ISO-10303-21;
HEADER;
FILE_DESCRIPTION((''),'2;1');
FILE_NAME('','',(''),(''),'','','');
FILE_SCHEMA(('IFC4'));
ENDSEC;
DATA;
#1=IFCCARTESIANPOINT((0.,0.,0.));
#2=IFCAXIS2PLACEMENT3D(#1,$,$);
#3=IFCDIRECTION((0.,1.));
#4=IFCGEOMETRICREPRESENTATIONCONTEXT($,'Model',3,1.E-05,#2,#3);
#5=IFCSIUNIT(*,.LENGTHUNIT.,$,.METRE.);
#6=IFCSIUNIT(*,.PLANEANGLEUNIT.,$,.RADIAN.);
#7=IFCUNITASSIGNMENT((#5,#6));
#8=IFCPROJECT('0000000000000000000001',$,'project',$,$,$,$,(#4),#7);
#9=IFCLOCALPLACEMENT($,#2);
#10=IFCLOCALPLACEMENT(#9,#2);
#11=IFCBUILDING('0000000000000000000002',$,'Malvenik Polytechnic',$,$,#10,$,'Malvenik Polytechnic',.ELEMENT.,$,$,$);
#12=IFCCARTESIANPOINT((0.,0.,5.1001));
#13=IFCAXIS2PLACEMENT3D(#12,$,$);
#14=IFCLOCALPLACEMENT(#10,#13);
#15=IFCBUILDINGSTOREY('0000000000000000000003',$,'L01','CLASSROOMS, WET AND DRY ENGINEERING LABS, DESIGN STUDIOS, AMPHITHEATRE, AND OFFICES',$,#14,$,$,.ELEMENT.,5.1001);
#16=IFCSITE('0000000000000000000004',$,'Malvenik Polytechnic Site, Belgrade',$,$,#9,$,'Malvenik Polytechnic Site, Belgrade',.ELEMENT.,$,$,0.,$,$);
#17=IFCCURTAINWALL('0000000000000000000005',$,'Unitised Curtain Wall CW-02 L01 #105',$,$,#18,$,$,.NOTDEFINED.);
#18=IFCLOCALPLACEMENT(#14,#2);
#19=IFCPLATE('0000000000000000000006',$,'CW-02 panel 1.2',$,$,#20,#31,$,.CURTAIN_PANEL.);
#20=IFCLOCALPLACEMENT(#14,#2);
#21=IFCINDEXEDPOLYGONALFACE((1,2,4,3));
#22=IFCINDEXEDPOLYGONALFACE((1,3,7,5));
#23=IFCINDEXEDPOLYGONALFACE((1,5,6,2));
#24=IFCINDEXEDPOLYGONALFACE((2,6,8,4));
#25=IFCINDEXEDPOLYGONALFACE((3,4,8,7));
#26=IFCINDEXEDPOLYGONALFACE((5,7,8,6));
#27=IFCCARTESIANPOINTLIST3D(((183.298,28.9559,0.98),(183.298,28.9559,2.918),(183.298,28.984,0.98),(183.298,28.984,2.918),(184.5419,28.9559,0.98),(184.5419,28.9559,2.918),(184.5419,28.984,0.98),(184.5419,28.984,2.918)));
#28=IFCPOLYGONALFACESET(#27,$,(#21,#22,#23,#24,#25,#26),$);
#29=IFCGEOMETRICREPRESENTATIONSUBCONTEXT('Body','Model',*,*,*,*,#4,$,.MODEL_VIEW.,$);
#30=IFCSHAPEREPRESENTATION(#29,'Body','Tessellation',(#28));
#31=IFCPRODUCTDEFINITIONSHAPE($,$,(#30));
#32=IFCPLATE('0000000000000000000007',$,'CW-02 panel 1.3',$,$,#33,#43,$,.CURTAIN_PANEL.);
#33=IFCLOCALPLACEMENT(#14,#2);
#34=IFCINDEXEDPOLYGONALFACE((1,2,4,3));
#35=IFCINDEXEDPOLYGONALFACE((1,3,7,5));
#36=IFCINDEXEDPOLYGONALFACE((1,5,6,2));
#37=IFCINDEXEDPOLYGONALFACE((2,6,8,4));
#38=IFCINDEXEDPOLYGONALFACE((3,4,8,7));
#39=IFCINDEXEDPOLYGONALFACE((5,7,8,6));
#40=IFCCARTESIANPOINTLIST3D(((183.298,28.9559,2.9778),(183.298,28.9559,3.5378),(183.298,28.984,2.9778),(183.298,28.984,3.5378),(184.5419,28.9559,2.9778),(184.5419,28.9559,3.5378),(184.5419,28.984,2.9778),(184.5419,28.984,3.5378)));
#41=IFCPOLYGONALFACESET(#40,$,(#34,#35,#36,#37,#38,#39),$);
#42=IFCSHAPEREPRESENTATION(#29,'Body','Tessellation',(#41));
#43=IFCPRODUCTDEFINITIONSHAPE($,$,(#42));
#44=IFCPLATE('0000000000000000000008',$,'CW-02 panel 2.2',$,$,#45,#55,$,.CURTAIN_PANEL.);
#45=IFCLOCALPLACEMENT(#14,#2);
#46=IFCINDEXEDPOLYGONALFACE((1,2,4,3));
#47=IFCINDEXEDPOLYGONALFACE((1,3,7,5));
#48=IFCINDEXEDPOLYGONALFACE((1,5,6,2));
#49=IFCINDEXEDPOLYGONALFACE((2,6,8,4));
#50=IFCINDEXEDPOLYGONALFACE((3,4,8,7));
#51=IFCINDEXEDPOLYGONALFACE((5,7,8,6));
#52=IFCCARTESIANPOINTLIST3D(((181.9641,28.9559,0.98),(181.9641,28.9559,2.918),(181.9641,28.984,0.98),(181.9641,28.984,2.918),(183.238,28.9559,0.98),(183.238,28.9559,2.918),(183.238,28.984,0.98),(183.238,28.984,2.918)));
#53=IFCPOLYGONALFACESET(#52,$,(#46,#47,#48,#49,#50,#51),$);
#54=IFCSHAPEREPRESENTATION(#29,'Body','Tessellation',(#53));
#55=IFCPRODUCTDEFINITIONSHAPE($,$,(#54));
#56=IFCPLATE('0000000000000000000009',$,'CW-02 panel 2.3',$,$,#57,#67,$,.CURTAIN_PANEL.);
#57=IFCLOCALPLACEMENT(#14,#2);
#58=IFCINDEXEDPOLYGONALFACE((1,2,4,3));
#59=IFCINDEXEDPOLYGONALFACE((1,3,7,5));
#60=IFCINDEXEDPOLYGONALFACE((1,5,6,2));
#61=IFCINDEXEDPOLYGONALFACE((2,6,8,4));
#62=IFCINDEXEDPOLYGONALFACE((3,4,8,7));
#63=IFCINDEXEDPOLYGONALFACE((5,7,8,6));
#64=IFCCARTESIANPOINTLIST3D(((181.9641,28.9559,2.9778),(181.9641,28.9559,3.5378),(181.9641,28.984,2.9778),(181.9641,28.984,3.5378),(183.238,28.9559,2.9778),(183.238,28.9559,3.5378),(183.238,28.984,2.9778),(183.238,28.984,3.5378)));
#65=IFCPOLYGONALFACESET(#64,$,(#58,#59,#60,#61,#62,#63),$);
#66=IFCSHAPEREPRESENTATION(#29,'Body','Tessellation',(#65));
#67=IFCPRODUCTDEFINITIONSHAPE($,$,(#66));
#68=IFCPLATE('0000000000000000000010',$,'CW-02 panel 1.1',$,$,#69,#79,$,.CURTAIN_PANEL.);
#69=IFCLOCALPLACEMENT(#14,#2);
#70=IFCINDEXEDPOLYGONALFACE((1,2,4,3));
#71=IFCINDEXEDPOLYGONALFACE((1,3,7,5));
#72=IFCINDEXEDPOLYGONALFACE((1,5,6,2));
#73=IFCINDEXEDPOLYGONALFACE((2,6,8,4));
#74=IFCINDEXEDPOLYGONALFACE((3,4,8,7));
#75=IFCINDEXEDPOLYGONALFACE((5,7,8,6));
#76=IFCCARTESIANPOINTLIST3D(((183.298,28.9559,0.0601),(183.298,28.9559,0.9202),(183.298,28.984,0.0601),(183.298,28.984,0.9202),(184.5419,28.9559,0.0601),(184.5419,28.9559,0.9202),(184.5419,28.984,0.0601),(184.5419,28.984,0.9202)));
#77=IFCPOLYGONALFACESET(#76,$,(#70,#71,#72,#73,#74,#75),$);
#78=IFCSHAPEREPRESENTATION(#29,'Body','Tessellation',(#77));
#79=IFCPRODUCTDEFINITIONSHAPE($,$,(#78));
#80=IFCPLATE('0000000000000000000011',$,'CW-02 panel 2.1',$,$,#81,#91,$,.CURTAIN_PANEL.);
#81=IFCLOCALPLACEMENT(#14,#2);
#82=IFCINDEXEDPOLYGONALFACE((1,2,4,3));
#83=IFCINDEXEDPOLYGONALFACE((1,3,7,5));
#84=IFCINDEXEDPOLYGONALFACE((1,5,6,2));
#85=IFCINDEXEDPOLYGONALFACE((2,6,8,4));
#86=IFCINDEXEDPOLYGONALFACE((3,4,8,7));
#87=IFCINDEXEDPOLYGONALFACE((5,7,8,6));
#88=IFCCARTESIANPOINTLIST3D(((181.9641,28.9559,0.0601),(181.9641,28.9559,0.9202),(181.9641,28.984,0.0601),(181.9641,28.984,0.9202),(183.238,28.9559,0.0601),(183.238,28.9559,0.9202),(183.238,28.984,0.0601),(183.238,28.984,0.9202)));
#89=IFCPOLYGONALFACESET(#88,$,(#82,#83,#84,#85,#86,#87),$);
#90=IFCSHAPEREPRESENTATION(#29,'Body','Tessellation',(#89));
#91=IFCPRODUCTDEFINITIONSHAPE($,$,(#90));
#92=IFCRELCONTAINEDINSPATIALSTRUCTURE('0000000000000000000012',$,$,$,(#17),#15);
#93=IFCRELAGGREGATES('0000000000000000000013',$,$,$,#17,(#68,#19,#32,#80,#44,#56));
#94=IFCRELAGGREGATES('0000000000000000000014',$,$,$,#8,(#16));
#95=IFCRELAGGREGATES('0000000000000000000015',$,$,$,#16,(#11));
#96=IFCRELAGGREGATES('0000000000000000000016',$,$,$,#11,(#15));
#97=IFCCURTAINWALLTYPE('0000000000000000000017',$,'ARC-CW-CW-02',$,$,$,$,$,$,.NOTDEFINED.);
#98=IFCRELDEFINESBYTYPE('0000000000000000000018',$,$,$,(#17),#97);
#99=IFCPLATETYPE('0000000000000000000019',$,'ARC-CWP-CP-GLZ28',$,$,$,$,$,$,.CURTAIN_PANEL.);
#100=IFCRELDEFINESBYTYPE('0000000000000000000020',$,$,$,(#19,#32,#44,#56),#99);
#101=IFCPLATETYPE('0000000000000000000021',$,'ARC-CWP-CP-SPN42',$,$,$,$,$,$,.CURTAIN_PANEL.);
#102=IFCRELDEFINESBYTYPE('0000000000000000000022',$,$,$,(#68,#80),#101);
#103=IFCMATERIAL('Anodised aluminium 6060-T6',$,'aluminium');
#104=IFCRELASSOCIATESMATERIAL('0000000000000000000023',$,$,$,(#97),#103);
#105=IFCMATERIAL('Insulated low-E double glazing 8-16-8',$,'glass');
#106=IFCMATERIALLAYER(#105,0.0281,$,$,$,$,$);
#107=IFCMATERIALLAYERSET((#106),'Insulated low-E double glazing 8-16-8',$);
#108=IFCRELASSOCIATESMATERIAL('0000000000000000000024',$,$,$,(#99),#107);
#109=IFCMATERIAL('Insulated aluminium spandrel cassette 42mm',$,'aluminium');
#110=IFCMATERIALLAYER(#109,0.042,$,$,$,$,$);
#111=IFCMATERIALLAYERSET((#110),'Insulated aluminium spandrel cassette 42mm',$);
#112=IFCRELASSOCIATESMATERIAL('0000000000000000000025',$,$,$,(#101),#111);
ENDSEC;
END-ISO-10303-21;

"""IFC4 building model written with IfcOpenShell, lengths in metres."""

from ifc_helpers import new_model, si_unit, direction, frame, origin, origin_2d, place, context, subcontext, project, spatial, rectangle, extrude, material, layer, layer_set, type_object, element, aggregate, save


model = new_model("IFC4")

# Units and contexts
model_context = context("Model", 3, precision=1e-05, world=origin(), true_north=direction((0.0, 1.0)))
body_context = subcontext(model_context, "Body", "Model", "MODEL_VIEW")
ifc_project = project(units=[si_unit("LENGTHUNIT", "METRE"), si_unit("PLANEANGLEUNIT", "RADIAN")], contexts=[model_context])

# Site, building, storey
site_placement = place(None, origin())
site = spatial("IfcSite", under=ifc_project, at=site_placement, Name="Malvenik Polytechnic Site, Belgrade", LongName="Malvenik Polytechnic Site, Belgrade", CompositionType="ELEMENT", RefElevation=0.0)
building_placement = place(site_placement, origin())
building = spatial("IfcBuilding", under=site, at=building_placement, Name="Malvenik Polytechnic", LongName="Malvenik Polytechnic", CompositionType="ELEMENT")
storey_placement = place(building_placement, frame((0.0, 0.0, 5.1001)))
storey = spatial("IfcBuildingStorey", under=building, at=storey_placement, Name="L01", Description="CLASSROOMS, WET AND DRY ENGINEERING LABS, DESIGN STUDIOS, AMPHITHEATRE, AND OFFICES", CompositionType="ELEMENT", Elevation=5.1001)

# Curtain wall, plates
ifc_material_1 = material(Name="Anodised aluminium 6060-T6", Category="aluminium")
curtain_wall_type = type_object("IfcCurtainWallType", Name="ARC-CW-CW-02", PredefinedType="NOTDEFINED", material=ifc_material_1)
curtain_wall_placement = place(storey_placement, origin())
curtain_wall = element("IfcCurtainWall", 1, at=curtain_wall_placement, inside=storey, type_object=curtain_wall_type, Name="Unitised Curtain Wall CW-02 L01 #105", PredefinedType="NOTDEFINED")
ifc_material_2 = material(Name="Insulated low-E double glazing 8-16-8", Category="glass")
ifc_layer_1 = layer(ifc_material_2, 0.0281)
ifc_layer_set_1 = layer_set([ifc_layer_1], Name="Insulated low-E double glazing 8-16-8")
plate_type_1 = type_object("IfcPlateType", Name="ARC-CWP-CP-GLZ28", PredefinedType="CURTAIN_PANEL", material=ifc_layer_set_1)
plate_1_placement = place(storey_placement, frame((183.9199, 28.97, 0.98), z_axis=(0.0, 0.0, 1.0), x_axis=(-1.0, 0.0, 0.0)))
plate_1 = element("IfcPlate", 2, at=plate_1_placement, type_object=plate_type_1, Name="CW-02 panel 1.2", PredefinedType="CURTAIN_PANEL", context=body_context, shape_type="SweptSolid", body=[
    extrude(rectangle(XDim=1.2439, YDim=0.0281, at=origin_2d()), origin(), (0.0, 0.0, 1.0), 1.938),
])
plate_2_placement = place(storey_placement, frame((183.9199, 28.97, 2.9778), z_axis=(0.0, 0.0, 1.0), x_axis=(-1.0, 0.0, 0.0)))
plate_2 = element("IfcPlate", 3, at=plate_2_placement, type_object=plate_type_1, Name="CW-02 panel 1.3", PredefinedType="CURTAIN_PANEL", context=body_context, shape_type="SweptSolid", body=[
    extrude(rectangle(XDim=1.2439, YDim=0.0281, at=origin_2d()), origin(), (0.0, 0.0, 1.0), 0.5601),
])
plate_3_placement = place(storey_placement, frame((182.6011, 28.97, 0.98), z_axis=(0.0, 0.0, 1.0), x_axis=(-1.0, 0.0, 0.0)))
plate_3 = element("IfcPlate", 4, at=plate_3_placement, type_object=plate_type_1, Name="CW-02 panel 2.2", PredefinedType="CURTAIN_PANEL", context=body_context, shape_type="SweptSolid", body=[
    extrude(rectangle(XDim=1.2739, YDim=0.0281, at=origin_2d()), origin(), (0.0, 0.0, 1.0), 1.938),
])
plate_4_placement = place(storey_placement, frame((182.6011, 28.97, 2.9778), z_axis=(0.0, 0.0, 1.0), x_axis=(-1.0, 0.0, 0.0)))
plate_4 = element("IfcPlate", 5, at=plate_4_placement, type_object=plate_type_1, Name="CW-02 panel 2.3", PredefinedType="CURTAIN_PANEL", context=body_context, shape_type="SweptSolid", body=[
    extrude(rectangle(XDim=1.2739, YDim=0.0281, at=origin_2d()), origin(), (0.0, 0.0, 1.0), 0.5601),
])
ifc_material_3 = material(Name="Insulated aluminium spandrel cassette 42mm", Category="aluminium")
ifc_layer_2 = layer(ifc_material_3, 0.042)
ifc_layer_set_2 = layer_set([ifc_layer_2], Name="Insulated aluminium spandrel cassette 42mm")
plate_type_2 = type_object("IfcPlateType", Name="ARC-CWP-CP-SPN42", PredefinedType="CURTAIN_PANEL", material=ifc_layer_set_2)
plate_5_placement = place(storey_placement, frame((183.9199, 28.97, 0.0601), z_axis=(0.0, 0.0, 1.0), x_axis=(-1.0, 0.0, 0.0)))
plate_5 = element("IfcPlate", 6, at=plate_5_placement, type_object=plate_type_2, Name="CW-02 panel 1.1", PredefinedType="CURTAIN_PANEL", context=body_context, shape_type="SweptSolid", body=[
    extrude(rectangle(XDim=1.2439, YDim=0.0281, at=origin_2d()), origin(), (0.0, 0.0, 1.0), 0.8601),
])
plate_6_placement = place(storey_placement, frame((182.6011, 28.97, 0.0601), z_axis=(0.0, 0.0, 1.0), x_axis=(-1.0, 0.0, 0.0)))
plate_6 = element("IfcPlate", 7, at=plate_6_placement, type_object=plate_type_2, Name="CW-02 panel 2.1", PredefinedType="CURTAIN_PANEL", context=body_context, shape_type="SweptSolid", body=[
    extrude(rectangle(XDim=1.2739, YDim=0.0281, at=origin_2d()), origin(), (0.0, 0.0, 1.0), 0.8601),
])
aggregate(curtain_wall, [plate_5, plate_1, plate_2, plate_6, plate_3, plate_4])

save(model, "model.ifc")
